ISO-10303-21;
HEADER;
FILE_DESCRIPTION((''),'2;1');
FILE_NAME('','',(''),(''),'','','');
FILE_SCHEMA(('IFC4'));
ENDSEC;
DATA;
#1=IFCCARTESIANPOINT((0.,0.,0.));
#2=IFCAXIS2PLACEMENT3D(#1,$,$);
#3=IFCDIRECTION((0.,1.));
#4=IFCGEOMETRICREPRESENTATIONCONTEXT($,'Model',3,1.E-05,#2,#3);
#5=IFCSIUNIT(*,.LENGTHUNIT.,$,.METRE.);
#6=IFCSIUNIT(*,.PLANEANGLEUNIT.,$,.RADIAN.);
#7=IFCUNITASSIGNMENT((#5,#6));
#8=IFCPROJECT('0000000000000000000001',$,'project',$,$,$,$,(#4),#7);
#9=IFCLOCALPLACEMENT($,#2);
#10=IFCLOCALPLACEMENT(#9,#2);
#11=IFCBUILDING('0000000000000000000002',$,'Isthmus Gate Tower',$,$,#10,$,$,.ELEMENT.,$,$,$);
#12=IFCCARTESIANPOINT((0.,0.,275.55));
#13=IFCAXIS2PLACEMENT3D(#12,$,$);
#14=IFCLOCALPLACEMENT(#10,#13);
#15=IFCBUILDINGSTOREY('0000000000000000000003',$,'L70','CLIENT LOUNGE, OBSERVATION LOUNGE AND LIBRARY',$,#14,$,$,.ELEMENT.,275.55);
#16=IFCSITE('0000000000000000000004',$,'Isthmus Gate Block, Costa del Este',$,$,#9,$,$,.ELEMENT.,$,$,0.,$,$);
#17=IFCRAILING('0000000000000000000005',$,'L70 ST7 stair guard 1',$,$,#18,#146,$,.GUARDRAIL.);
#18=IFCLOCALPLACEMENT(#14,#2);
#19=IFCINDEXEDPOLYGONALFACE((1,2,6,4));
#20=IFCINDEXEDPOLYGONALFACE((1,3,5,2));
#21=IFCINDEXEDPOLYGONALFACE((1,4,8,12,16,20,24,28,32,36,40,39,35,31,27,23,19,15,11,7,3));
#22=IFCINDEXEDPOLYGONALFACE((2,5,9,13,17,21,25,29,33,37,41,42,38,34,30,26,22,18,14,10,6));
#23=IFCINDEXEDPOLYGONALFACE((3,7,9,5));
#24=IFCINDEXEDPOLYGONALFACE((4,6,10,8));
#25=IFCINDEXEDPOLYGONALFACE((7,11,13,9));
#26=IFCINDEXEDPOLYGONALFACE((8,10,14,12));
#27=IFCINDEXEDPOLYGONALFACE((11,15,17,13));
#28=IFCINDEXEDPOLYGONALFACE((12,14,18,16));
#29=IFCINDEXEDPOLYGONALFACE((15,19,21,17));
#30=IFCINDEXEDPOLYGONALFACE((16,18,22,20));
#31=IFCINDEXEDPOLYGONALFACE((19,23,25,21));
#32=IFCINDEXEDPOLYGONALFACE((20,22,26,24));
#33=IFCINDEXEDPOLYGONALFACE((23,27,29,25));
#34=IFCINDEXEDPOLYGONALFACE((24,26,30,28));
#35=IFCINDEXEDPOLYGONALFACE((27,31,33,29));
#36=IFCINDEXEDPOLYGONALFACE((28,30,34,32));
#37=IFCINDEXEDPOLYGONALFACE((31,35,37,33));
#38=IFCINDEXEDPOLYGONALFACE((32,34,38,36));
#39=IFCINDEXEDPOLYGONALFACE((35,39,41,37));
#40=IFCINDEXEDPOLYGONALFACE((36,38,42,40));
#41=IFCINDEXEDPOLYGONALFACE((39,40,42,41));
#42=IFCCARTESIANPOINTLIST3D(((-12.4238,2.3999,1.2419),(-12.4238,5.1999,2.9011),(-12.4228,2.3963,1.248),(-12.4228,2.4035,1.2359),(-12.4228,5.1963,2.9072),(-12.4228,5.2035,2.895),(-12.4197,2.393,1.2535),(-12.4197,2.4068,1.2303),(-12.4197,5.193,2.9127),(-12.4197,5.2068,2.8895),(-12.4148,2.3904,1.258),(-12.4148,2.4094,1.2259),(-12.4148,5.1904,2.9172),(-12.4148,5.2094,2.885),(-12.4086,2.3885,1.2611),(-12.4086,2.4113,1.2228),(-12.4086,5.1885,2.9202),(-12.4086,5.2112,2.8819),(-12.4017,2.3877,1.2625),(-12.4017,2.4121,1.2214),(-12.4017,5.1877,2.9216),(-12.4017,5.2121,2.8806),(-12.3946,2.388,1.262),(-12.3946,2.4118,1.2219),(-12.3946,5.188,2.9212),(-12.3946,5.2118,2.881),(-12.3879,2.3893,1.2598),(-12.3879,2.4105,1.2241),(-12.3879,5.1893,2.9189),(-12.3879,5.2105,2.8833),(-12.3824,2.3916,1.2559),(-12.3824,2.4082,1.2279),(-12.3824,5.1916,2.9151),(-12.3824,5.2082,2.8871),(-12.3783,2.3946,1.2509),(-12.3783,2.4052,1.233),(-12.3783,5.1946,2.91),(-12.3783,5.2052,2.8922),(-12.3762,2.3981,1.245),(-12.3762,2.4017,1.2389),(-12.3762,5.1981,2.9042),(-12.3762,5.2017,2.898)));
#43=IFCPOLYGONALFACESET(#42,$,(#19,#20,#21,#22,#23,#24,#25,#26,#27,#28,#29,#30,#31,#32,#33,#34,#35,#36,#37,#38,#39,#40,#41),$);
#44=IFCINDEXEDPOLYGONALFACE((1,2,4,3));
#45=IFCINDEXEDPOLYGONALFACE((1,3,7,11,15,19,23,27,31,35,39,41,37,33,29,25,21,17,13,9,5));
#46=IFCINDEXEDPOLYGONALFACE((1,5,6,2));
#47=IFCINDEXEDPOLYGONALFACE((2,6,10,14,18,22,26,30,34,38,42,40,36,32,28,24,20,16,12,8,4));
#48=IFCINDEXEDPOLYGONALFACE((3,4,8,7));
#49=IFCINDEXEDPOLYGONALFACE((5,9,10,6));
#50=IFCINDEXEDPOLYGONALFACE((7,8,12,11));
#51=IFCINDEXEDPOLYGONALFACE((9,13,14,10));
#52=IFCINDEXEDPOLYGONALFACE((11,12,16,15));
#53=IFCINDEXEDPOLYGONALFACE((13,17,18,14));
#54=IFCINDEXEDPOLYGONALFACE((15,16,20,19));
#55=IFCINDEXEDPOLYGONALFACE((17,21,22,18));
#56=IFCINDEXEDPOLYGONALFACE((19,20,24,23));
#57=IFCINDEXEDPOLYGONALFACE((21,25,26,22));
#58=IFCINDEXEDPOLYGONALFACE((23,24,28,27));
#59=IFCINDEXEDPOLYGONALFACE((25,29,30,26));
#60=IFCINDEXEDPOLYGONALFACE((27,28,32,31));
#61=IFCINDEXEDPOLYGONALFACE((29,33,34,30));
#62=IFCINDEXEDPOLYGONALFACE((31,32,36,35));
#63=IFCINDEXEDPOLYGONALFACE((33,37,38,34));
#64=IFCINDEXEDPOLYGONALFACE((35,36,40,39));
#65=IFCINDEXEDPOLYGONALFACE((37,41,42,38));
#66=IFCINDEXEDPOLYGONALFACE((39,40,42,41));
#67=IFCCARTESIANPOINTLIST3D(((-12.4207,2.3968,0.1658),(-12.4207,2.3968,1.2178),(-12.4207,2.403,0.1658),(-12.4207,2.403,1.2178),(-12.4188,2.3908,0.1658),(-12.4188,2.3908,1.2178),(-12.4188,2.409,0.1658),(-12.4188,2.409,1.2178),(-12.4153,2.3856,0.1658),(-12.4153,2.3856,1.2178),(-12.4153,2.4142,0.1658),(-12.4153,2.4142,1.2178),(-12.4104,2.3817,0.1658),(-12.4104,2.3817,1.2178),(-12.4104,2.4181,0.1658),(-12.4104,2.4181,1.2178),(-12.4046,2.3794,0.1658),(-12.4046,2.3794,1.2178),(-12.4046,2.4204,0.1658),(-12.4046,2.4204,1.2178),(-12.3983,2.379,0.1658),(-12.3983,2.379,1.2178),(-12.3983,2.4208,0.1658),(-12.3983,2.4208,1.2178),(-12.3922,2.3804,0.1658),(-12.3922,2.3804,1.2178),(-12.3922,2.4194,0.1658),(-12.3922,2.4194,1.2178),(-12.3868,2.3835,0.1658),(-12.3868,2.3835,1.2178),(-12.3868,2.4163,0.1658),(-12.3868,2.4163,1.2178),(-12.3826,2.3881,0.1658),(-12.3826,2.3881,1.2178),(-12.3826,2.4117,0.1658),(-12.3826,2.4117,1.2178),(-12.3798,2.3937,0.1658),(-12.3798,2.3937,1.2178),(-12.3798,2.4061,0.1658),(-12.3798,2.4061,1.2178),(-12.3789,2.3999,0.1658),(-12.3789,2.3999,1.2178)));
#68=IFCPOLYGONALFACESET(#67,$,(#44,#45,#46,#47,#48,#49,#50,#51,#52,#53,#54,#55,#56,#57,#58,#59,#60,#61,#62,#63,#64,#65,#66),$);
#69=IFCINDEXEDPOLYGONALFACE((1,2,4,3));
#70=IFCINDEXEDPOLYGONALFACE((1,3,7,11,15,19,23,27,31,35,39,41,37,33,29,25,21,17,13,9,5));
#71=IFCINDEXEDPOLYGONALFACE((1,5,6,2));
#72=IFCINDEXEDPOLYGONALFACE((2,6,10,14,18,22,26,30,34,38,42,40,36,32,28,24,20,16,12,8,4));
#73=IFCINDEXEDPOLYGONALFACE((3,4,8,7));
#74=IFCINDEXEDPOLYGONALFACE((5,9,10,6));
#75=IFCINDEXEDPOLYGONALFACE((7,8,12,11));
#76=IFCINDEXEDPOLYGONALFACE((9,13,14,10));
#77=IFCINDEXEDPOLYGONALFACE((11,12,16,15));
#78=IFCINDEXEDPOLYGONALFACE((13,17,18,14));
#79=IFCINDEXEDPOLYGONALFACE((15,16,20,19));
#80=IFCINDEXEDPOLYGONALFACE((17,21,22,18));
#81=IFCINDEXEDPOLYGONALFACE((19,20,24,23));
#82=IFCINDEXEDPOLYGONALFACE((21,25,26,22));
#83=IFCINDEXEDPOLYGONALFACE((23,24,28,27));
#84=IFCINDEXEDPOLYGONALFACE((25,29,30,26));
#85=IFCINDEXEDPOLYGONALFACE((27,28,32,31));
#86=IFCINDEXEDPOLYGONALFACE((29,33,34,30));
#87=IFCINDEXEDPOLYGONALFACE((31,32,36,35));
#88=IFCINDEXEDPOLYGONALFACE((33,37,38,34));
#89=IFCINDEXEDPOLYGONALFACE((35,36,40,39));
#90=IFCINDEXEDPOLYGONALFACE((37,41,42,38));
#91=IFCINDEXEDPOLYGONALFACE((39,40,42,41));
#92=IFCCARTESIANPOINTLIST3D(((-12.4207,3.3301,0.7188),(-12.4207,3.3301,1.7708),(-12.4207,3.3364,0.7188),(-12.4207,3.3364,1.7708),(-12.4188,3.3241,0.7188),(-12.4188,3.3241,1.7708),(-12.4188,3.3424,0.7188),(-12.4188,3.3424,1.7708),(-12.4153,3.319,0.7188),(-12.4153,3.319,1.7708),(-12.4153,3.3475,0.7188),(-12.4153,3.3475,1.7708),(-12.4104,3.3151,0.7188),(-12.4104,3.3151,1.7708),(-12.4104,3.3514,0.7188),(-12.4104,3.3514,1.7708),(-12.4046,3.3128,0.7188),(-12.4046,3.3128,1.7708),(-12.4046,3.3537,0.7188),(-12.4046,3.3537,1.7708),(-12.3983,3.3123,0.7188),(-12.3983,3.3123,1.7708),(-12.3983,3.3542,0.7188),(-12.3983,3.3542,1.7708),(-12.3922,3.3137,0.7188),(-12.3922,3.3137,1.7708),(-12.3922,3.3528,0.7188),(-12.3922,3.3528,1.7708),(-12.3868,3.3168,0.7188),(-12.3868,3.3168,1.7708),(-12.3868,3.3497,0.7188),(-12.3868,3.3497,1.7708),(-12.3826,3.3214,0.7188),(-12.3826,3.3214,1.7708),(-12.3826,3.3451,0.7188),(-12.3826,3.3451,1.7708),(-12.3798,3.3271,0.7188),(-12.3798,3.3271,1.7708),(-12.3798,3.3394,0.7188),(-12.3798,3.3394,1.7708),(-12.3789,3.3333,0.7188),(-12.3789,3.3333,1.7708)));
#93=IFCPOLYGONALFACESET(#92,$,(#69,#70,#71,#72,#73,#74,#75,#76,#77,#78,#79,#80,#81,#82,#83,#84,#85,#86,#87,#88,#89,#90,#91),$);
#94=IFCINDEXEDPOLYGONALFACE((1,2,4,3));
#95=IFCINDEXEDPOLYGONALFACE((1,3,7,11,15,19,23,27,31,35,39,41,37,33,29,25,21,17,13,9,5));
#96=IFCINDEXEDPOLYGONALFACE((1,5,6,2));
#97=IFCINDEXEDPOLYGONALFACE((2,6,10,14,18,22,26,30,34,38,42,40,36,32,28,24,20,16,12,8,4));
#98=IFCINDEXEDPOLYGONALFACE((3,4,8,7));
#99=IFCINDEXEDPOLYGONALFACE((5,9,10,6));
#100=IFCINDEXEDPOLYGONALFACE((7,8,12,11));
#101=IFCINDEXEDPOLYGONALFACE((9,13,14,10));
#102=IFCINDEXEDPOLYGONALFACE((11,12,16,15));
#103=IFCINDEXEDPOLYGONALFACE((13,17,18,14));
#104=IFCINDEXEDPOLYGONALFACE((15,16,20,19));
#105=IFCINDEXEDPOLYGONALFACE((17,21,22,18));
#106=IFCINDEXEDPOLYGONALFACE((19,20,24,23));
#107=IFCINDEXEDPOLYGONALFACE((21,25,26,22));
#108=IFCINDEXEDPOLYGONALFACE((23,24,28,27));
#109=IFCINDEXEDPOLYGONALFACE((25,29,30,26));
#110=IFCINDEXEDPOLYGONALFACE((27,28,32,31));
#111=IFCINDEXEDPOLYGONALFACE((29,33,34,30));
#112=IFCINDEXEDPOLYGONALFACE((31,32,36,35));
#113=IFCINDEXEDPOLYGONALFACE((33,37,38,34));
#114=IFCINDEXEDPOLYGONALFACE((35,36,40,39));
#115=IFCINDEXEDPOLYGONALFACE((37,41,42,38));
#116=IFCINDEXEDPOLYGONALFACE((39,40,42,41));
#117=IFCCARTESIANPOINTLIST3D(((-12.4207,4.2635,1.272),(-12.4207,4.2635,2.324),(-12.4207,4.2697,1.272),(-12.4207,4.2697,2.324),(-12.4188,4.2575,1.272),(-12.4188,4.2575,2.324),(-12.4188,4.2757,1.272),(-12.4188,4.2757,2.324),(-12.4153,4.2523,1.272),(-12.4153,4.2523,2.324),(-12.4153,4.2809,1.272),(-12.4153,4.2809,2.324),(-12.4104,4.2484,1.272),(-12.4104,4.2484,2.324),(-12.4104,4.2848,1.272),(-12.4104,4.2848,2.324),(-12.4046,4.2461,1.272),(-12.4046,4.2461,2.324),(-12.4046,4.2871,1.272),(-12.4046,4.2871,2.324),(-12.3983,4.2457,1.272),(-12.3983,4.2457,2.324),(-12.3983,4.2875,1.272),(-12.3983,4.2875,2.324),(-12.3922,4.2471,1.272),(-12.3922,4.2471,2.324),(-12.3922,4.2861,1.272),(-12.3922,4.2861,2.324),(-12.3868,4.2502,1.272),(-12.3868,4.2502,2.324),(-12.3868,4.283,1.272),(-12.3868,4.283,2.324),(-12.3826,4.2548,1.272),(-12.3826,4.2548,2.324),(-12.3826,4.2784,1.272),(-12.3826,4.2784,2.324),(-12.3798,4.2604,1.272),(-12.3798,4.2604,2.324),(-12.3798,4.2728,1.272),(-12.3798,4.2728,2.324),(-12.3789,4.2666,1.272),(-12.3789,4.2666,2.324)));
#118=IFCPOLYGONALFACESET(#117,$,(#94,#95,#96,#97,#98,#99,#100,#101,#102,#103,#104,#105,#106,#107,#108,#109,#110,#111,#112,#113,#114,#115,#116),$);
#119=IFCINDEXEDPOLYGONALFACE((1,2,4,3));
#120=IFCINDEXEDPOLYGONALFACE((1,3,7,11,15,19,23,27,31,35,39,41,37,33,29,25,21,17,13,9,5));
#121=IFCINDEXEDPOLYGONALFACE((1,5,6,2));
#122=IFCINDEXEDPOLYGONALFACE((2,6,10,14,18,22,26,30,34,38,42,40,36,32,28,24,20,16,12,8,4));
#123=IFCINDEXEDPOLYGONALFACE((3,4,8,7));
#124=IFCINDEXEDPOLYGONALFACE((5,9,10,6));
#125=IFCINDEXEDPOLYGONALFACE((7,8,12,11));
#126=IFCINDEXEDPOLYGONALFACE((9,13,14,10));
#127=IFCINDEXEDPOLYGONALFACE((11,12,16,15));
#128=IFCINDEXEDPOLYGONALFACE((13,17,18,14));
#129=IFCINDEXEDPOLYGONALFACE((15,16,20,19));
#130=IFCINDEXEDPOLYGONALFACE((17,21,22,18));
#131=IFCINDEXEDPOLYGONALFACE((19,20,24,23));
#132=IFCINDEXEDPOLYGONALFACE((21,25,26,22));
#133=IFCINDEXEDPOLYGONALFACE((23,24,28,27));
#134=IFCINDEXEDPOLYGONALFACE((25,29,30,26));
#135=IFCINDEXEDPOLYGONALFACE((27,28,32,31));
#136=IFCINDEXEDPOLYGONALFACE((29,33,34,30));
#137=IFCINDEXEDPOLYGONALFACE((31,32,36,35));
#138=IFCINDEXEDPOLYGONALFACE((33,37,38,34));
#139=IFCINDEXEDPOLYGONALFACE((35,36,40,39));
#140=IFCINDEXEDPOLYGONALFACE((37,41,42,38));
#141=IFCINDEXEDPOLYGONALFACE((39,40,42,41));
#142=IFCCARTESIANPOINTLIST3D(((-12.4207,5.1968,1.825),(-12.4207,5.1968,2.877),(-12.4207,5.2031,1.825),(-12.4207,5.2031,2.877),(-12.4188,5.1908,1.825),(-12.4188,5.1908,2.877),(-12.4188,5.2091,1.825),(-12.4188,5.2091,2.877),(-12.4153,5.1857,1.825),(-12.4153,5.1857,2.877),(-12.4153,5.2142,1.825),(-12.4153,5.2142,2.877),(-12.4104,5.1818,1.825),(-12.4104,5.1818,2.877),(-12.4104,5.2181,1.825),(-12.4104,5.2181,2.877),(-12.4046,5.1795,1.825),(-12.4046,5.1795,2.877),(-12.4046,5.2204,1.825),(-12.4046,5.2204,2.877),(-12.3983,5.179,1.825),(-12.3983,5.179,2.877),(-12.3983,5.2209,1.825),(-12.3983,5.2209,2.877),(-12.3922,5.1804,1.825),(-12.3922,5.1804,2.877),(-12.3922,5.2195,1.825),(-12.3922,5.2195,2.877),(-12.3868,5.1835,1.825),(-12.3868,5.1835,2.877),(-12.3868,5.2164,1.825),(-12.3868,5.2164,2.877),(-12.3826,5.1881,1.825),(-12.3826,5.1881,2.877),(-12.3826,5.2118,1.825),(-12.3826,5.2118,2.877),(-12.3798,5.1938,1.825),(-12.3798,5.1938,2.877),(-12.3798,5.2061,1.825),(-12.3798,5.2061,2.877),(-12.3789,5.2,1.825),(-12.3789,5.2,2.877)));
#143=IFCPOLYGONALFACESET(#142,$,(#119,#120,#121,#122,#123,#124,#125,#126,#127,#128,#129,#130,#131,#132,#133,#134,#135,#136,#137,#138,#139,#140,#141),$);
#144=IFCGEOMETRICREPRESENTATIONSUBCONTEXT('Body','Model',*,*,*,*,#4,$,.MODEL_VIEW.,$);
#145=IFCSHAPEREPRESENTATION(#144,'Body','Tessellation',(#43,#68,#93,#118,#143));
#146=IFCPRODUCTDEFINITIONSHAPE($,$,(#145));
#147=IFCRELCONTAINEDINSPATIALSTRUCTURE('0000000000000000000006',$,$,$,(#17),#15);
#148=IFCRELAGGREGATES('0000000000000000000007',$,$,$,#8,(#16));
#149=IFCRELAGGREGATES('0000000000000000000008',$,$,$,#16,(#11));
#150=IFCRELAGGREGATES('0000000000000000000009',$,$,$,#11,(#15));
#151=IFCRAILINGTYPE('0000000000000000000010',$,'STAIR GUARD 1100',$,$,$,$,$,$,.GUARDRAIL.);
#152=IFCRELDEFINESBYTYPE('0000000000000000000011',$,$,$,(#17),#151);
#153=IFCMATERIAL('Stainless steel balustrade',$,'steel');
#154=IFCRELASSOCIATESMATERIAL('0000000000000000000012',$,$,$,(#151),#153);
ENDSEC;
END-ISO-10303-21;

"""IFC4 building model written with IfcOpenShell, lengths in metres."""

from ifc_helpers import new_model, si_unit, direction, frame, origin, origin_2d, place, context, subcontext, project, spatial, circle, extrude, material, type_object, element, save


model = new_model("IFC4")

# Units and contexts
model_context = context("Model", 3, precision=1e-05, world=origin(), true_north=direction((0.0, 1.0)))
body_context = subcontext(model_context, "Body", "Model", "MODEL_VIEW")
ifc_project = project(units=[si_unit("LENGTHUNIT", "METRE"), si_unit("PLANEANGLEUNIT", "RADIAN")], contexts=[model_context])

# Site, building, storey
site_placement = place(None, origin())
site = spatial("IfcSite", under=ifc_project, at=site_placement, Name="Isthmus Gate Block, Costa del Este", CompositionType="ELEMENT", RefElevation=0.0)
building_placement = place(site_placement, origin())
building = spatial("IfcBuilding", under=site, at=building_placement, Name="Isthmus Gate Tower", CompositionType="ELEMENT")
storey_placement = place(building_placement, frame((0.0, 0.0, 275.55)))
storey = spatial("IfcBuildingStorey", under=building, at=storey_placement, Name="L70", Description="CLIENT LOUNGE, OBSERVATION LOUNGE AND LIBRARY", CompositionType="ELEMENT", Elevation=275.55)

# Railing
ifc_material_1 = material(Name="Stainless steel balustrade", Category="steel")
railing_type_1 = type_object("IfcRailingType", Name="STAIR GUARD 1100", PredefinedType="GUARDRAIL", material=ifc_material_1)
railing_1_placement = place(storey_placement, frame((-12.3999, 2.3999, 0.1658)))
element("IfcRailing", 1, at=railing_1_placement, inside=storey, type_object=railing_type_1, Name="L70 ST7 stair guard 1", PredefinedType="GUARDRAIL", context=body_context, shape_type="SweptSolid", body=[
    extrude(circle(Radius=0.0239, at=origin_2d()), frame((0.0, 0.0, 1.0762), z_axis=(0.0, 0.860306, 0.509778), x_axis=(-1.0, 0.0, 0.0)), (0.0, 0.0, 1.0), 3.2546),
    extrude(circle(Radius=0.021, at=origin_2d()), origin(), (0.0, 0.0, 1.0), 1.052),
    extrude(circle(Radius=0.021, at=origin_2d()), frame((0.0, 0.9333, 0.553)), (0.0, 0.0, 1.0), 1.052),
    extrude(circle(Radius=0.021, at=origin_2d()), frame((0.0, 1.8667, 1.1062)), (0.0, 0.0, 1.0), 1.052),
    extrude(circle(Radius=0.021, at=origin_2d()), frame((0.0, 2.8, 1.6592)), (0.0, 0.0, 1.0), 1.052),
])

save(model, "model.ifc")
